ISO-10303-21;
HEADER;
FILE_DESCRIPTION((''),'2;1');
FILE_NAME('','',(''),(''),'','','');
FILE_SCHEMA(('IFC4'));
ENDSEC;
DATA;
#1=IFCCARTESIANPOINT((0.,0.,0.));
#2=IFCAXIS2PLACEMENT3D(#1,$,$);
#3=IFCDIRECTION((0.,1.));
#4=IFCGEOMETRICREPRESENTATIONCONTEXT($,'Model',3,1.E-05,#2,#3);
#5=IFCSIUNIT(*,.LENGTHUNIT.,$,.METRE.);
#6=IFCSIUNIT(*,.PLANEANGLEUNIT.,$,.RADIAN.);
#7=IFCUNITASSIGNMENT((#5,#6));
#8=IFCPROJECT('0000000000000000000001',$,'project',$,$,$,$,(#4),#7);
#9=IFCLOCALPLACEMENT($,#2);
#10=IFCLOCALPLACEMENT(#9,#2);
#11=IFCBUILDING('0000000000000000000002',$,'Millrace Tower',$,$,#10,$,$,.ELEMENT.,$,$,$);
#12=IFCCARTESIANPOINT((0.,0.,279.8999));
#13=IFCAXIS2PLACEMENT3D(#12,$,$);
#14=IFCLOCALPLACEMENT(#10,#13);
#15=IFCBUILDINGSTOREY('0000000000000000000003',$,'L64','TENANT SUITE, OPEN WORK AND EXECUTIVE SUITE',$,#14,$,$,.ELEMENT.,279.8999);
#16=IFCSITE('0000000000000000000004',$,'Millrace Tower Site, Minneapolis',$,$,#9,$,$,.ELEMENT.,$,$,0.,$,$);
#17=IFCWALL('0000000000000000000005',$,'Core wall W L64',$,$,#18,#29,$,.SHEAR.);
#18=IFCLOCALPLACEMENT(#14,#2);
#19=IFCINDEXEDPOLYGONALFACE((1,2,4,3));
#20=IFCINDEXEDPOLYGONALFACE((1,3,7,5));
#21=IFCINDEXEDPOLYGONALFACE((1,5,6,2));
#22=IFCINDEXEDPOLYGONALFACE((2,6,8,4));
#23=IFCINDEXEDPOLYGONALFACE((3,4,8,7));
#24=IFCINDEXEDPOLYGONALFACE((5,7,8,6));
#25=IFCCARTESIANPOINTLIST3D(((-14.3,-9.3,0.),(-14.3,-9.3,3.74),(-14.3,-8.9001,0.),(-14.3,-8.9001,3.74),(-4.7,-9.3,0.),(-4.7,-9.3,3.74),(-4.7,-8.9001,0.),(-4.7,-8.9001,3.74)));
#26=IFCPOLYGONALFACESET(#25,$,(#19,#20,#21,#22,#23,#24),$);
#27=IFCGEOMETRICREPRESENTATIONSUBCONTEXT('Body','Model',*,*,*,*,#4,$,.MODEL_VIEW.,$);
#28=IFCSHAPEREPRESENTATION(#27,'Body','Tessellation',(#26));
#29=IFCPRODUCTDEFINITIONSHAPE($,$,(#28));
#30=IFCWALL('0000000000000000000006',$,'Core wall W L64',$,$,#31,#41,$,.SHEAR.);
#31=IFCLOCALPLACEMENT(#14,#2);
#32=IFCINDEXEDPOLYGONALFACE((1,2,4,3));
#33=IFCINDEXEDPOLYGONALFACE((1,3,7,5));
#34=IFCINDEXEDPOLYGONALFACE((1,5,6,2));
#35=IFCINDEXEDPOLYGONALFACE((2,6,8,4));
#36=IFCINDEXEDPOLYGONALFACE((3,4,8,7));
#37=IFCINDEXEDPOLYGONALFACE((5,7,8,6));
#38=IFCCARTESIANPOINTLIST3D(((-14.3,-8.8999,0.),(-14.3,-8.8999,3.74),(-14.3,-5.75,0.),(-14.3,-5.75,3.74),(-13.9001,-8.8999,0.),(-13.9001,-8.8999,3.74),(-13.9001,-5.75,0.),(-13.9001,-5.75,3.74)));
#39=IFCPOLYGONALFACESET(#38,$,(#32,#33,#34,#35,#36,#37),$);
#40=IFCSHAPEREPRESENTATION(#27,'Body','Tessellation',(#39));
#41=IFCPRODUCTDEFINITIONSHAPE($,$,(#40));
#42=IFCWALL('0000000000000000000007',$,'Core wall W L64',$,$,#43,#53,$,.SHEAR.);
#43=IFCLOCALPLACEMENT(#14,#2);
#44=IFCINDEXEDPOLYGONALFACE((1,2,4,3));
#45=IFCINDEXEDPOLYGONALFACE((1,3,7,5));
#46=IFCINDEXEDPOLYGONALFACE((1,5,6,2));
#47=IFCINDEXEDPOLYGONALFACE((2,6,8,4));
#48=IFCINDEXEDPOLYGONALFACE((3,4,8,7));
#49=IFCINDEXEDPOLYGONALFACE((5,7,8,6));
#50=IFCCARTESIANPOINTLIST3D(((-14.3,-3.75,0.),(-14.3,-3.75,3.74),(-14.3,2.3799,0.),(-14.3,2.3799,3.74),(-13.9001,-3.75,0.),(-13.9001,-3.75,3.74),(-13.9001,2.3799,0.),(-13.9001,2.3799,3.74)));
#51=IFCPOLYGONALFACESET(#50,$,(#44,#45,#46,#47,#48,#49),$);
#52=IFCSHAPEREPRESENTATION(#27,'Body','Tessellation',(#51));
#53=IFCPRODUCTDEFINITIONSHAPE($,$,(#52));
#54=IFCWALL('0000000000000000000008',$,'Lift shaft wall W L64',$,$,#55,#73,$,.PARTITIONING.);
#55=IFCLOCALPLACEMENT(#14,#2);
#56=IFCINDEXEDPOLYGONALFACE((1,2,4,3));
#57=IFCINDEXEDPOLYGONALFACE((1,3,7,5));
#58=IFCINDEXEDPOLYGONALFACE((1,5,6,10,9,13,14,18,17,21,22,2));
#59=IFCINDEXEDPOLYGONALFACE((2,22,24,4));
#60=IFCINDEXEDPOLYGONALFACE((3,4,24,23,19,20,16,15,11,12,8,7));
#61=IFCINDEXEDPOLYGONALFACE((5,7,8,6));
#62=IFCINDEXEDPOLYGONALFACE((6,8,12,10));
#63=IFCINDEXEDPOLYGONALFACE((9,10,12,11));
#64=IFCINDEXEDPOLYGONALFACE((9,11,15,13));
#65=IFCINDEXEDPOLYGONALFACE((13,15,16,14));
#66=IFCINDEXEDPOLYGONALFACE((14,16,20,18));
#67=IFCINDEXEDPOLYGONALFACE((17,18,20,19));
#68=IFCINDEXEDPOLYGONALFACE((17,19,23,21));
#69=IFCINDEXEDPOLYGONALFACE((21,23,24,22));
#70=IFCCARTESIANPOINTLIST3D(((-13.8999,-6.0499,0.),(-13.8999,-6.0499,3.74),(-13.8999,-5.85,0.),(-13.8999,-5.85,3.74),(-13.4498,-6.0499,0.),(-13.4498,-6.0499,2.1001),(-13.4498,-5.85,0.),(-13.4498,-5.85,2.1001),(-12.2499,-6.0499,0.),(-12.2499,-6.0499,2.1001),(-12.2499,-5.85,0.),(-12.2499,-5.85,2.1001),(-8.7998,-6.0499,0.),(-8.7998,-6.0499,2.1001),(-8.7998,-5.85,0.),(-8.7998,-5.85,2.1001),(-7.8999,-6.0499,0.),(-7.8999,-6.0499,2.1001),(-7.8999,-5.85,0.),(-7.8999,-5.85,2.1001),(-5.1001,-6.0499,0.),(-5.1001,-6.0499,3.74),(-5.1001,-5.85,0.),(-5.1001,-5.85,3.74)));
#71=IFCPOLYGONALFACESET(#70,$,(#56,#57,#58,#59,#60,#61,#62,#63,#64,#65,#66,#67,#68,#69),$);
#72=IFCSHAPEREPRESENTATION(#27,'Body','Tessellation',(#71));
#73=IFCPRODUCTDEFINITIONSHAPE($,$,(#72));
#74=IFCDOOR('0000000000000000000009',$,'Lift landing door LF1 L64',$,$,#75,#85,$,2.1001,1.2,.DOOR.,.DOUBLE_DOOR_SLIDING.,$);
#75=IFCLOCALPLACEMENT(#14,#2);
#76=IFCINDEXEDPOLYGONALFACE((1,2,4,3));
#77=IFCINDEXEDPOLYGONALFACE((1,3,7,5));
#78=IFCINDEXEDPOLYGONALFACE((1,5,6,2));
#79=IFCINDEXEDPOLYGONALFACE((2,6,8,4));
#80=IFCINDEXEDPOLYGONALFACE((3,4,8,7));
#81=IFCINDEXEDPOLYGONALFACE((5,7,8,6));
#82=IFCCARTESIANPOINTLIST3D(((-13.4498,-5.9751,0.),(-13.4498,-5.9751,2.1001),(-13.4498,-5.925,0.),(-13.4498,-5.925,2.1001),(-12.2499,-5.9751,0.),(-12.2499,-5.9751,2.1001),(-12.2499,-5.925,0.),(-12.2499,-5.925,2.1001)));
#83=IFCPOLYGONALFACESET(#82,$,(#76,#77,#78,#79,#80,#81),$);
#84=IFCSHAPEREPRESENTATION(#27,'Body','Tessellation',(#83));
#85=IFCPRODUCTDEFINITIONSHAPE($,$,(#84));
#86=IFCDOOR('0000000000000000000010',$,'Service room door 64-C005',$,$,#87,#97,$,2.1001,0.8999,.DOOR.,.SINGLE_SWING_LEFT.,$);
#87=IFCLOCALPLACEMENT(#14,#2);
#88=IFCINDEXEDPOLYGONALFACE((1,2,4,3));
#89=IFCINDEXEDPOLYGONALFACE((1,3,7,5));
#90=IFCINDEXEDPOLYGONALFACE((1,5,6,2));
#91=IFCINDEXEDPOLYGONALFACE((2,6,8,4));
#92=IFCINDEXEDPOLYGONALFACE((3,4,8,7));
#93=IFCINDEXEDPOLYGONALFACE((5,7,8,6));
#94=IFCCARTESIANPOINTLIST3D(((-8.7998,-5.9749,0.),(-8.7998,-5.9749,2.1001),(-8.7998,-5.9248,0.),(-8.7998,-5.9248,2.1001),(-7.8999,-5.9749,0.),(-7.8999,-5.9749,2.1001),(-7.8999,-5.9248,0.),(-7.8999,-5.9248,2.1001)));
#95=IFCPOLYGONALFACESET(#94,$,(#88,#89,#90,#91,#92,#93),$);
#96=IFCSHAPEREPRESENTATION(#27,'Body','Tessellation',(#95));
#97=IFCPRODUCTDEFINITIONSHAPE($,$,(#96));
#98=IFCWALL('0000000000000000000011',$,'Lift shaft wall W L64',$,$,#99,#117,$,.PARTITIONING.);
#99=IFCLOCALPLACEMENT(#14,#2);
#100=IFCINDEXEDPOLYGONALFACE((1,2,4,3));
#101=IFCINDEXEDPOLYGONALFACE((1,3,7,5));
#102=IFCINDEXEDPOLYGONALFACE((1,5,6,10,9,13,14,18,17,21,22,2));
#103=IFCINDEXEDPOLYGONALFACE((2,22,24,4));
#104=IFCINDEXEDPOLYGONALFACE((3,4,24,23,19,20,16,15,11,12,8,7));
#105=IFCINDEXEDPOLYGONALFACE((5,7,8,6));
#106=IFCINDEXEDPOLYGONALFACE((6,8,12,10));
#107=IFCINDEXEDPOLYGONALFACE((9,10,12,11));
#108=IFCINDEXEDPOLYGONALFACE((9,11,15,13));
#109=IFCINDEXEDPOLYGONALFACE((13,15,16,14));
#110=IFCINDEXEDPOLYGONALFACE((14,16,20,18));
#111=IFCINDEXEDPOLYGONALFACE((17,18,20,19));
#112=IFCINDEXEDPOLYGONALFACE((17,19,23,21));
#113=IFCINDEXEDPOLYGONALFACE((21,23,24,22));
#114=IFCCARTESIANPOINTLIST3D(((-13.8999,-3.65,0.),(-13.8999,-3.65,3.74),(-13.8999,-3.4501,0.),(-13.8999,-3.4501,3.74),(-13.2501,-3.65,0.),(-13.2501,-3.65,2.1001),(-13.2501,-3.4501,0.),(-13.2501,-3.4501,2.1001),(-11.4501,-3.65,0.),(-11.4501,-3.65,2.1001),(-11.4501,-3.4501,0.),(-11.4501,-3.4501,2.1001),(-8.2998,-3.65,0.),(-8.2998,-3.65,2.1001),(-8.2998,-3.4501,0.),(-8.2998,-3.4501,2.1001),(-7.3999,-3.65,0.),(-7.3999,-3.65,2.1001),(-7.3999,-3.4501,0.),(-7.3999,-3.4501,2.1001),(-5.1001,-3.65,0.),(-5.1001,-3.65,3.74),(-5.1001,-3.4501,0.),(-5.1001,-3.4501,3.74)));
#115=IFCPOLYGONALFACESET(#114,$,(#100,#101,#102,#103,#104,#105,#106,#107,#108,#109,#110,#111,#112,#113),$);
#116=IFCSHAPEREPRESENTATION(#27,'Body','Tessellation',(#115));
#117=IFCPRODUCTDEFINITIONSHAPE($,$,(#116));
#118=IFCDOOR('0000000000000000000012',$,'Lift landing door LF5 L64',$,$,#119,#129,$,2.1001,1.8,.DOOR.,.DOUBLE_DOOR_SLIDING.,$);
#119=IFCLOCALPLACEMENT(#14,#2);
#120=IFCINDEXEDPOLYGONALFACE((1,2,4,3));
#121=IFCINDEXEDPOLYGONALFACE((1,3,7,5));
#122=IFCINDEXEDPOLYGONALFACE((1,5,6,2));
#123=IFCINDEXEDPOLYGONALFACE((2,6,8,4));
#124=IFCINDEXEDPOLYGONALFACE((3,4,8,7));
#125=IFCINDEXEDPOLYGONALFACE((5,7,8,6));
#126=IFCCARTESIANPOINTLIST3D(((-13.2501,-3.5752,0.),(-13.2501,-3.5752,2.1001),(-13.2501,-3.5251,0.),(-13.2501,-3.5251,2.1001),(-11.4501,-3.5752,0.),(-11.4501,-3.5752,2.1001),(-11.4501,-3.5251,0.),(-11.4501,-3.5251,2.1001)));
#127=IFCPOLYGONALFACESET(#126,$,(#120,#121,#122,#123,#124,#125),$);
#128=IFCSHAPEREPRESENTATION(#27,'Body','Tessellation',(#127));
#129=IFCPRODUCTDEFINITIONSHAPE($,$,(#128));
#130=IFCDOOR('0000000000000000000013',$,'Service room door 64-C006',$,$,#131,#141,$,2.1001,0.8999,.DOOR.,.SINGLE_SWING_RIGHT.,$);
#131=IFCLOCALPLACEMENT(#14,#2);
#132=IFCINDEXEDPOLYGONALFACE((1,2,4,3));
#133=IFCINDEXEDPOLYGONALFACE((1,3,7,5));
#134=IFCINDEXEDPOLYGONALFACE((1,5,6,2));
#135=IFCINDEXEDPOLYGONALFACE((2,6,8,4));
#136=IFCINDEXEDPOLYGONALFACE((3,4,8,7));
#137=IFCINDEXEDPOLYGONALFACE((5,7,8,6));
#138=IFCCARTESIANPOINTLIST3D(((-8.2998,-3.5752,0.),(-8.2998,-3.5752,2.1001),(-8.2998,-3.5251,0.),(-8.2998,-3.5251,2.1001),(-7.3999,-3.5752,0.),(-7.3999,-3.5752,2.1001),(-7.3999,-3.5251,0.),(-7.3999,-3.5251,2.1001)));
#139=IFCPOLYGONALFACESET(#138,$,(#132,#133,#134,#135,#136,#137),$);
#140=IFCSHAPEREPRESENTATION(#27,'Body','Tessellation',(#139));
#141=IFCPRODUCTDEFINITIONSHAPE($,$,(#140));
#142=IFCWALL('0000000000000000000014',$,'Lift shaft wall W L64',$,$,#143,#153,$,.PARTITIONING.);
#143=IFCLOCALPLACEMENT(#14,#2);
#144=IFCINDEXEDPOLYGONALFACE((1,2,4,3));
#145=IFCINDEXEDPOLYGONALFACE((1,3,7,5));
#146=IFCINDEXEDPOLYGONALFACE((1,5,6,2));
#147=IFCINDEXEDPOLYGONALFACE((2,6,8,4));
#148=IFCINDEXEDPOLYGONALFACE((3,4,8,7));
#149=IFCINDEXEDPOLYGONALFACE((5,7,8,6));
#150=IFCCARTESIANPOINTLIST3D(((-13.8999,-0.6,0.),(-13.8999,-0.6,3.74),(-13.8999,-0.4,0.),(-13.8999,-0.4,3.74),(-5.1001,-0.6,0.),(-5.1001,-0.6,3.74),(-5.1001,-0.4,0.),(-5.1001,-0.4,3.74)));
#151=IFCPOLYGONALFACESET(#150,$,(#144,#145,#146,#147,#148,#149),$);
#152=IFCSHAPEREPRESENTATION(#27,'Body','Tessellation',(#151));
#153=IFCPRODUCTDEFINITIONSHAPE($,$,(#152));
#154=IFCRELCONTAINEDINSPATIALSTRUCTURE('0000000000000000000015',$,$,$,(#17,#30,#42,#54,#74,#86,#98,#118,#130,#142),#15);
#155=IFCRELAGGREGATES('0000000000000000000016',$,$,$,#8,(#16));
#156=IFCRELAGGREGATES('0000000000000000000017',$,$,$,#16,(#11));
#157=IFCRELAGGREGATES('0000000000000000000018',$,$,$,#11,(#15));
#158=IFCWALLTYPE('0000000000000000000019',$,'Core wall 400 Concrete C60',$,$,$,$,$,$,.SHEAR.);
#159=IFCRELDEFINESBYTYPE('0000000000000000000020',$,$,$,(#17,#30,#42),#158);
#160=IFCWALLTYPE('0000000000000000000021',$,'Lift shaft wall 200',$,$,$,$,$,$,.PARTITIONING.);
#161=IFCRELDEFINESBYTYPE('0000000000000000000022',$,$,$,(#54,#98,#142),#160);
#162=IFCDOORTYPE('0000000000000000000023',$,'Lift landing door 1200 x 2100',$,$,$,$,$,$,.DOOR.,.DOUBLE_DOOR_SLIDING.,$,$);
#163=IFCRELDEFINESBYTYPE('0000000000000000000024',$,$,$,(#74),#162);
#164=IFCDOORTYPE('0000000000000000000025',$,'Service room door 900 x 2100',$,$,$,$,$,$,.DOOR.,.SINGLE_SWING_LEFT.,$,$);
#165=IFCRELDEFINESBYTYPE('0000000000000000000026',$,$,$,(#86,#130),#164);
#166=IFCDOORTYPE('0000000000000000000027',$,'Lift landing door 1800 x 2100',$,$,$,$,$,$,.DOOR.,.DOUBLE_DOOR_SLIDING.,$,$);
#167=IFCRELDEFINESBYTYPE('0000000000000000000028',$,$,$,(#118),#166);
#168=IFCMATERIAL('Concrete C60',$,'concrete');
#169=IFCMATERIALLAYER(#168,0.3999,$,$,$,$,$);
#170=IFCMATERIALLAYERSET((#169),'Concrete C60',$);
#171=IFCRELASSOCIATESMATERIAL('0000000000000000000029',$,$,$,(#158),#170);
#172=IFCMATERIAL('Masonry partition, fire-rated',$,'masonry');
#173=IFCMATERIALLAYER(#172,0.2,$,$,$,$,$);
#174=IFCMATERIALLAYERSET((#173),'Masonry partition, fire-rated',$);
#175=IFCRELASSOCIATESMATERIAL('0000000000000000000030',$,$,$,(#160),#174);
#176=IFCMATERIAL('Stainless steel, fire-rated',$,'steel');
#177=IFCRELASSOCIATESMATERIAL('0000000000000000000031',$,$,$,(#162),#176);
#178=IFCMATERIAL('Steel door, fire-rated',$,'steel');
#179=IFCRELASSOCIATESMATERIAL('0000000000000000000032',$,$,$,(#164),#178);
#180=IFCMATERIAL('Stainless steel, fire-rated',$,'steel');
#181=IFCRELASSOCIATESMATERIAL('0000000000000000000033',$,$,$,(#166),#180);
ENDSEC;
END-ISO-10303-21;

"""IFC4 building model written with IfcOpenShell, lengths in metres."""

from ifc_helpers import new_model, si_unit, direction, frame, frame_2d, origin, place, context, subcontext, project, spatial, rectangle, extrude, material, layer, layer_set, type_object, element, fill, save


model = new_model("IFC4")

# Units and contexts
model_context = context("Model", 3, precision=1e-05, world=origin(), true_north=direction((0.0, 1.0)))
body_context = subcontext(model_context, "Body", "Model", "MODEL_VIEW")
ifc_project = project(units=[si_unit("LENGTHUNIT", "METRE"), si_unit("PLANEANGLEUNIT", "RADIAN")], contexts=[model_context])

# Site, building, storey
site_placement = place(None, origin())
site = spatial("IfcSite", under=ifc_project, at=site_placement, Name="Millrace Tower Site, Minneapolis", CompositionType="ELEMENT", RefElevation=0.0)
building_placement = place(site_placement, origin())
building = spatial("IfcBuilding", under=site, at=building_placement, Name="Millrace Tower", CompositionType="ELEMENT")
storey_placement = place(building_placement, frame((0.0, 0.0, 279.8999)))
storey = spatial("IfcBuildingStorey", under=building, at=storey_placement, Name="L64", Description="TENANT SUITE, OPEN WORK AND EXECUTIVE SUITE", CompositionType="ELEMENT", Elevation=279.8999)

# Walls
ifc_material_1 = material(Name="Concrete C60", Category="concrete")
ifc_layer_1 = layer(ifc_material_1, 0.3999)
ifc_layer_set_1 = layer_set([ifc_layer_1], Name="Concrete C60")
wall_type_1 = type_object("IfcWallType", Name="Core wall 400 Concrete C60", PredefinedType="SHEAR", material=ifc_layer_set_1)
wall_1_placement = place(storey_placement, frame((-14.3, -9.1001, 0.0), z_axis=(0.0, 0.0, 1.0), x_axis=(1.0, 0.0, 0.0)))
element("IfcWall", 1, at=wall_1_placement, inside=storey, type_object=wall_type_1, Name="Core wall W L64", PredefinedType="SHEAR", context=body_context, shape_type="SweptSolid", body=[
    extrude(rectangle(XDim=9.6001, YDim=0.3999, at=frame_2d((4.8, 0.0))), origin(), (0.0, 0.0, 1.0), 3.74),
])
wall_2_placement = place(storey_placement, frame((-14.1001, -8.8999, 0.0), z_axis=(0.0, 0.0, 1.0), x_axis=(0.0, 1.0, 0.0)))
element("IfcWall", 2, at=wall_2_placement, inside=storey, type_object=wall_type_1, Name="Core wall W L64", PredefinedType="SHEAR", context=body_context, shape_type="SweptSolid", body=[
    extrude(rectangle(XDim=3.1499, YDim=0.3999, at=frame_2d((1.575, 0.0))), origin(), (0.0, 0.0, 1.0), 3.74),
])
wall_3_placement = place(storey_placement, frame((-14.1001, -3.75, 0.0), z_axis=(0.0, 0.0, 1.0), x_axis=(0.0, 1.0, 0.0)))
element("IfcWall", 3, at=wall_3_placement, inside=storey, type_object=wall_type_1, Name="Core wall W L64", PredefinedType="SHEAR", context=body_context, shape_type="SweptSolid", body=[
    extrude(rectangle(XDim=6.1299, YDim=0.3999, at=frame_2d((3.0649, 0.0))), origin(), (0.0, 0.0, 1.0), 3.74),
])

# Walls, openings, doors
ifc_material_2 = material(Name="Masonry partition, fire-rated", Category="masonry")
ifc_layer_2 = layer(ifc_material_2, 0.2)
ifc_layer_set_2 = layer_set([ifc_layer_2], Name="Masonry partition, fire-rated")
wall_type_2 = type_object("IfcWallType", Name="Lift shaft wall 200", PredefinedType="PARTITIONING", material=ifc_layer_set_2)
wall_4_placement = place(storey_placement, frame((-13.8999, -5.95, 0.0), z_axis=(0.0, 0.0, 1.0), x_axis=(1.0, 0.0, 0.0)))
wall_4 = element("IfcWall", 4, at=wall_4_placement, inside=storey, type_object=wall_type_2, Name="Lift shaft wall W L64", PredefinedType="PARTITIONING", context=body_context, shape_type="SweptSolid", body=[
    extrude(rectangle(XDim=8.7998, YDim=0.2, at=frame_2d((4.3999, 0.0))), origin(), (0.0, 0.0, 1.0), 3.74),
])
opening_1_placement = place(wall_4_placement, frame((0.45, 0.0, 0.0)))
opening_1 = element("IfcOpeningElement", 5, at=opening_1_placement, cuts=wall_4, PredefinedType="OPENING", context=body_context, shape_type="SweptSolid", body=[
    extrude(rectangle(XDim=1.2, YDim=2.1001, at=frame_2d((0.6001, 1.05))), frame((0.0, 0.1099, 0.0), z_axis=(0.0, -1.0, 0.0), x_axis=(1.0, 0.0, 0.0)), (0.0, 0.0, 1.0), 0.22),
])
opening_2_placement = place(wall_4_placement, frame((5.1001, 0.0, 0.0)))
opening_2 = element("IfcOpeningElement", 6, at=opening_2_placement, cuts=wall_4, PredefinedType="OPENING", context=body_context, shape_type="SweptSolid", body=[
    extrude(rectangle(XDim=0.8999, YDim=2.1001, at=frame_2d((0.45, 1.05))), frame((0.0, 0.1099, 0.0), z_axis=(0.0, -1.0, 0.0), x_axis=(1.0, 0.0, 0.0)), (0.0, 0.0, 1.0), 0.22),
])
ifc_material_3 = material(Name="Stainless steel, fire-rated", Category="steel")
door_type_1 = type_object("IfcDoorType", Name="Lift landing door 1200 x 2100", OperationType="DOUBLE_DOOR_SLIDING", PredefinedType="DOOR", material=ifc_material_3)
door_1_placement = place(opening_1_placement, origin())
door_1 = element("IfcDoor", 7, at=door_1_placement, inside=storey, type_object=door_type_1, Name="Lift landing door LF1 L64", OperationType="DOUBLE_DOOR_SLIDING", OverallHeight=2.1001, OverallWidth=1.2, PredefinedType="DOOR", context=body_context, shape_type="SweptSolid", body=[
    extrude(rectangle(XDim=1.2, YDim=2.1001, at=frame_2d((0.6001, 1.05))), frame((0.0, 0.0249, 0.0), z_axis=(0.0, -1.0, 0.0), x_axis=(1.0, 0.0, 0.0)), (0.0, 0.0, 1.0), 0.05),
])
fill(opening_1, door_1)
ifc_material_4 = material(Name="Steel door, fire-rated", Category="steel")
door_type_2 = type_object("IfcDoorType", Name="Service room door 900 x 2100", OperationType="SINGLE_SWING_LEFT", PredefinedType="DOOR", material=ifc_material_4)
door_2_placement = place(opening_2_placement, frame((0.8999, 0.0, 0.0), z_axis=(0.0, 0.0, 1.0), x_axis=(-1.0, 0.0, 0.0)))
door_2 = element("IfcDoor", 8, at=door_2_placement, inside=storey, type_object=door_type_2, Name="Service room door 64-C005", OperationType="SINGLE_SWING_LEFT", OverallHeight=2.1001, OverallWidth=0.8999, PredefinedType="DOOR", context=body_context, shape_type="SweptSolid", body=[
    extrude(rectangle(XDim=0.8999, YDim=2.1001, at=frame_2d((0.45, 1.05))), frame((0.0, 0.0249, 0.0), z_axis=(0.0, -1.0, 0.0), x_axis=(1.0, 0.0, 0.0)), (0.0, 0.0, 1.0), 0.05),
])
fill(opening_2, door_2)
wall_5_placement = place(storey_placement, frame((-13.8999, -3.55, 0.0), z_axis=(0.0, 0.0, 1.0), x_axis=(1.0, 0.0, 0.0)))
wall_5 = element("IfcWall", 9, at=wall_5_placement, inside=storey, type_object=wall_type_2, Name="Lift shaft wall W L64", PredefinedType="PARTITIONING", context=body_context, shape_type="SweptSolid", body=[
    extrude(rectangle(XDim=8.7998, YDim=0.2, at=frame_2d((4.3999, 0.0))), origin(), (0.0, 0.0, 1.0), 3.74),
])
opening_3_placement = place(wall_5_placement, frame((0.6499, 0.0, 0.0)))
opening_3 = element("IfcOpeningElement", 10, at=opening_3_placement, cuts=wall_5, PredefinedType="OPENING", context=body_context, shape_type="SweptSolid", body=[
    extrude(rectangle(XDim=1.8, YDim=2.1001, at=frame_2d((0.8999, 1.05))), frame((0.0, 0.1099, 0.0), z_axis=(0.0, -1.0, 0.0), x_axis=(1.0, 0.0, 0.0)), (0.0, 0.0, 1.0), 0.22),
])
opening_4_placement = place(wall_5_placement, frame((5.6001, 0.0, 0.0)))
opening_4 = element("IfcOpeningElement", 11, at=opening_4_placement, cuts=wall_5, PredefinedType="OPENING", context=body_context, shape_type="SweptSolid", body=[
    extrude(rectangle(XDim=0.8999, YDim=2.1001, at=frame_2d((0.45, 1.05))), frame((0.0, 0.1099, 0.0), z_axis=(0.0, -1.0, 0.0), x_axis=(1.0, 0.0, 0.0)), (0.0, 0.0, 1.0), 0.22),
])
ifc_material_5 = material(Name="Stainless steel, fire-rated", Category="steel")
door_type_3 = type_object("IfcDoorType", Name="Lift landing door 1800 x 2100", OperationType="DOUBLE_DOOR_SLIDING", PredefinedType="DOOR", material=ifc_material_5)
door_3_placement = place(opening_3_placement, origin())
door_3 = element("IfcDoor", 12, at=door_3_placement, inside=storey, type_object=door_type_3, Name="Lift landing door LF5 L64", OperationType="DOUBLE_DOOR_SLIDING", OverallHeight=2.1001, OverallWidth=1.8, PredefinedType="DOOR", context=body_context, shape_type="SweptSolid", body=[
    extrude(rectangle(XDim=1.8, YDim=2.1001, at=frame_2d((0.8999, 1.05))), frame((0.0, 0.0249, 0.0), z_axis=(0.0, -1.0, 0.0), x_axis=(1.0, 0.0, 0.0)), (0.0, 0.0, 1.0), 0.05),
])
fill(opening_3, door_3)
door_4_placement = place(opening_4_placement, origin())
door_4 = element("IfcDoor", 13, at=door_4_placement, inside=storey, type_object=door_type_2, Name="Service room door 64-C006", OperationType="SINGLE_SWING_RIGHT", OverallHeight=2.1001, OverallWidth=0.8999, PredefinedType="DOOR", context=body_context, shape_type="SweptSolid", body=[
    extrude(rectangle(XDim=0.8999, YDim=2.1001, at=frame_2d((0.45, 1.05))), frame((0.0, 0.0249, 0.0), z_axis=(0.0, -1.0, 0.0), x_axis=(1.0, 0.0, 0.0)), (0.0, 0.0, 1.0), 0.05),
])
fill(opening_4, door_4)

# Wall
wall_6_placement = place(storey_placement, frame((-13.8999, -0.5, 0.0), z_axis=(0.0, 0.0, 1.0), x_axis=(1.0, 0.0, 0.0)))
element("IfcWall", 14, at=wall_6_placement, inside=storey, type_object=wall_type_2, Name="Lift shaft wall W L64", PredefinedType="PARTITIONING", context=body_context, shape_type="SweptSolid", body=[
    extrude(rectangle(XDim=8.7998, YDim=0.2, at=frame_2d((4.3999, 0.0))), origin(), (0.0, 0.0, 1.0), 3.74),
])

save(model, "model.ifc")
